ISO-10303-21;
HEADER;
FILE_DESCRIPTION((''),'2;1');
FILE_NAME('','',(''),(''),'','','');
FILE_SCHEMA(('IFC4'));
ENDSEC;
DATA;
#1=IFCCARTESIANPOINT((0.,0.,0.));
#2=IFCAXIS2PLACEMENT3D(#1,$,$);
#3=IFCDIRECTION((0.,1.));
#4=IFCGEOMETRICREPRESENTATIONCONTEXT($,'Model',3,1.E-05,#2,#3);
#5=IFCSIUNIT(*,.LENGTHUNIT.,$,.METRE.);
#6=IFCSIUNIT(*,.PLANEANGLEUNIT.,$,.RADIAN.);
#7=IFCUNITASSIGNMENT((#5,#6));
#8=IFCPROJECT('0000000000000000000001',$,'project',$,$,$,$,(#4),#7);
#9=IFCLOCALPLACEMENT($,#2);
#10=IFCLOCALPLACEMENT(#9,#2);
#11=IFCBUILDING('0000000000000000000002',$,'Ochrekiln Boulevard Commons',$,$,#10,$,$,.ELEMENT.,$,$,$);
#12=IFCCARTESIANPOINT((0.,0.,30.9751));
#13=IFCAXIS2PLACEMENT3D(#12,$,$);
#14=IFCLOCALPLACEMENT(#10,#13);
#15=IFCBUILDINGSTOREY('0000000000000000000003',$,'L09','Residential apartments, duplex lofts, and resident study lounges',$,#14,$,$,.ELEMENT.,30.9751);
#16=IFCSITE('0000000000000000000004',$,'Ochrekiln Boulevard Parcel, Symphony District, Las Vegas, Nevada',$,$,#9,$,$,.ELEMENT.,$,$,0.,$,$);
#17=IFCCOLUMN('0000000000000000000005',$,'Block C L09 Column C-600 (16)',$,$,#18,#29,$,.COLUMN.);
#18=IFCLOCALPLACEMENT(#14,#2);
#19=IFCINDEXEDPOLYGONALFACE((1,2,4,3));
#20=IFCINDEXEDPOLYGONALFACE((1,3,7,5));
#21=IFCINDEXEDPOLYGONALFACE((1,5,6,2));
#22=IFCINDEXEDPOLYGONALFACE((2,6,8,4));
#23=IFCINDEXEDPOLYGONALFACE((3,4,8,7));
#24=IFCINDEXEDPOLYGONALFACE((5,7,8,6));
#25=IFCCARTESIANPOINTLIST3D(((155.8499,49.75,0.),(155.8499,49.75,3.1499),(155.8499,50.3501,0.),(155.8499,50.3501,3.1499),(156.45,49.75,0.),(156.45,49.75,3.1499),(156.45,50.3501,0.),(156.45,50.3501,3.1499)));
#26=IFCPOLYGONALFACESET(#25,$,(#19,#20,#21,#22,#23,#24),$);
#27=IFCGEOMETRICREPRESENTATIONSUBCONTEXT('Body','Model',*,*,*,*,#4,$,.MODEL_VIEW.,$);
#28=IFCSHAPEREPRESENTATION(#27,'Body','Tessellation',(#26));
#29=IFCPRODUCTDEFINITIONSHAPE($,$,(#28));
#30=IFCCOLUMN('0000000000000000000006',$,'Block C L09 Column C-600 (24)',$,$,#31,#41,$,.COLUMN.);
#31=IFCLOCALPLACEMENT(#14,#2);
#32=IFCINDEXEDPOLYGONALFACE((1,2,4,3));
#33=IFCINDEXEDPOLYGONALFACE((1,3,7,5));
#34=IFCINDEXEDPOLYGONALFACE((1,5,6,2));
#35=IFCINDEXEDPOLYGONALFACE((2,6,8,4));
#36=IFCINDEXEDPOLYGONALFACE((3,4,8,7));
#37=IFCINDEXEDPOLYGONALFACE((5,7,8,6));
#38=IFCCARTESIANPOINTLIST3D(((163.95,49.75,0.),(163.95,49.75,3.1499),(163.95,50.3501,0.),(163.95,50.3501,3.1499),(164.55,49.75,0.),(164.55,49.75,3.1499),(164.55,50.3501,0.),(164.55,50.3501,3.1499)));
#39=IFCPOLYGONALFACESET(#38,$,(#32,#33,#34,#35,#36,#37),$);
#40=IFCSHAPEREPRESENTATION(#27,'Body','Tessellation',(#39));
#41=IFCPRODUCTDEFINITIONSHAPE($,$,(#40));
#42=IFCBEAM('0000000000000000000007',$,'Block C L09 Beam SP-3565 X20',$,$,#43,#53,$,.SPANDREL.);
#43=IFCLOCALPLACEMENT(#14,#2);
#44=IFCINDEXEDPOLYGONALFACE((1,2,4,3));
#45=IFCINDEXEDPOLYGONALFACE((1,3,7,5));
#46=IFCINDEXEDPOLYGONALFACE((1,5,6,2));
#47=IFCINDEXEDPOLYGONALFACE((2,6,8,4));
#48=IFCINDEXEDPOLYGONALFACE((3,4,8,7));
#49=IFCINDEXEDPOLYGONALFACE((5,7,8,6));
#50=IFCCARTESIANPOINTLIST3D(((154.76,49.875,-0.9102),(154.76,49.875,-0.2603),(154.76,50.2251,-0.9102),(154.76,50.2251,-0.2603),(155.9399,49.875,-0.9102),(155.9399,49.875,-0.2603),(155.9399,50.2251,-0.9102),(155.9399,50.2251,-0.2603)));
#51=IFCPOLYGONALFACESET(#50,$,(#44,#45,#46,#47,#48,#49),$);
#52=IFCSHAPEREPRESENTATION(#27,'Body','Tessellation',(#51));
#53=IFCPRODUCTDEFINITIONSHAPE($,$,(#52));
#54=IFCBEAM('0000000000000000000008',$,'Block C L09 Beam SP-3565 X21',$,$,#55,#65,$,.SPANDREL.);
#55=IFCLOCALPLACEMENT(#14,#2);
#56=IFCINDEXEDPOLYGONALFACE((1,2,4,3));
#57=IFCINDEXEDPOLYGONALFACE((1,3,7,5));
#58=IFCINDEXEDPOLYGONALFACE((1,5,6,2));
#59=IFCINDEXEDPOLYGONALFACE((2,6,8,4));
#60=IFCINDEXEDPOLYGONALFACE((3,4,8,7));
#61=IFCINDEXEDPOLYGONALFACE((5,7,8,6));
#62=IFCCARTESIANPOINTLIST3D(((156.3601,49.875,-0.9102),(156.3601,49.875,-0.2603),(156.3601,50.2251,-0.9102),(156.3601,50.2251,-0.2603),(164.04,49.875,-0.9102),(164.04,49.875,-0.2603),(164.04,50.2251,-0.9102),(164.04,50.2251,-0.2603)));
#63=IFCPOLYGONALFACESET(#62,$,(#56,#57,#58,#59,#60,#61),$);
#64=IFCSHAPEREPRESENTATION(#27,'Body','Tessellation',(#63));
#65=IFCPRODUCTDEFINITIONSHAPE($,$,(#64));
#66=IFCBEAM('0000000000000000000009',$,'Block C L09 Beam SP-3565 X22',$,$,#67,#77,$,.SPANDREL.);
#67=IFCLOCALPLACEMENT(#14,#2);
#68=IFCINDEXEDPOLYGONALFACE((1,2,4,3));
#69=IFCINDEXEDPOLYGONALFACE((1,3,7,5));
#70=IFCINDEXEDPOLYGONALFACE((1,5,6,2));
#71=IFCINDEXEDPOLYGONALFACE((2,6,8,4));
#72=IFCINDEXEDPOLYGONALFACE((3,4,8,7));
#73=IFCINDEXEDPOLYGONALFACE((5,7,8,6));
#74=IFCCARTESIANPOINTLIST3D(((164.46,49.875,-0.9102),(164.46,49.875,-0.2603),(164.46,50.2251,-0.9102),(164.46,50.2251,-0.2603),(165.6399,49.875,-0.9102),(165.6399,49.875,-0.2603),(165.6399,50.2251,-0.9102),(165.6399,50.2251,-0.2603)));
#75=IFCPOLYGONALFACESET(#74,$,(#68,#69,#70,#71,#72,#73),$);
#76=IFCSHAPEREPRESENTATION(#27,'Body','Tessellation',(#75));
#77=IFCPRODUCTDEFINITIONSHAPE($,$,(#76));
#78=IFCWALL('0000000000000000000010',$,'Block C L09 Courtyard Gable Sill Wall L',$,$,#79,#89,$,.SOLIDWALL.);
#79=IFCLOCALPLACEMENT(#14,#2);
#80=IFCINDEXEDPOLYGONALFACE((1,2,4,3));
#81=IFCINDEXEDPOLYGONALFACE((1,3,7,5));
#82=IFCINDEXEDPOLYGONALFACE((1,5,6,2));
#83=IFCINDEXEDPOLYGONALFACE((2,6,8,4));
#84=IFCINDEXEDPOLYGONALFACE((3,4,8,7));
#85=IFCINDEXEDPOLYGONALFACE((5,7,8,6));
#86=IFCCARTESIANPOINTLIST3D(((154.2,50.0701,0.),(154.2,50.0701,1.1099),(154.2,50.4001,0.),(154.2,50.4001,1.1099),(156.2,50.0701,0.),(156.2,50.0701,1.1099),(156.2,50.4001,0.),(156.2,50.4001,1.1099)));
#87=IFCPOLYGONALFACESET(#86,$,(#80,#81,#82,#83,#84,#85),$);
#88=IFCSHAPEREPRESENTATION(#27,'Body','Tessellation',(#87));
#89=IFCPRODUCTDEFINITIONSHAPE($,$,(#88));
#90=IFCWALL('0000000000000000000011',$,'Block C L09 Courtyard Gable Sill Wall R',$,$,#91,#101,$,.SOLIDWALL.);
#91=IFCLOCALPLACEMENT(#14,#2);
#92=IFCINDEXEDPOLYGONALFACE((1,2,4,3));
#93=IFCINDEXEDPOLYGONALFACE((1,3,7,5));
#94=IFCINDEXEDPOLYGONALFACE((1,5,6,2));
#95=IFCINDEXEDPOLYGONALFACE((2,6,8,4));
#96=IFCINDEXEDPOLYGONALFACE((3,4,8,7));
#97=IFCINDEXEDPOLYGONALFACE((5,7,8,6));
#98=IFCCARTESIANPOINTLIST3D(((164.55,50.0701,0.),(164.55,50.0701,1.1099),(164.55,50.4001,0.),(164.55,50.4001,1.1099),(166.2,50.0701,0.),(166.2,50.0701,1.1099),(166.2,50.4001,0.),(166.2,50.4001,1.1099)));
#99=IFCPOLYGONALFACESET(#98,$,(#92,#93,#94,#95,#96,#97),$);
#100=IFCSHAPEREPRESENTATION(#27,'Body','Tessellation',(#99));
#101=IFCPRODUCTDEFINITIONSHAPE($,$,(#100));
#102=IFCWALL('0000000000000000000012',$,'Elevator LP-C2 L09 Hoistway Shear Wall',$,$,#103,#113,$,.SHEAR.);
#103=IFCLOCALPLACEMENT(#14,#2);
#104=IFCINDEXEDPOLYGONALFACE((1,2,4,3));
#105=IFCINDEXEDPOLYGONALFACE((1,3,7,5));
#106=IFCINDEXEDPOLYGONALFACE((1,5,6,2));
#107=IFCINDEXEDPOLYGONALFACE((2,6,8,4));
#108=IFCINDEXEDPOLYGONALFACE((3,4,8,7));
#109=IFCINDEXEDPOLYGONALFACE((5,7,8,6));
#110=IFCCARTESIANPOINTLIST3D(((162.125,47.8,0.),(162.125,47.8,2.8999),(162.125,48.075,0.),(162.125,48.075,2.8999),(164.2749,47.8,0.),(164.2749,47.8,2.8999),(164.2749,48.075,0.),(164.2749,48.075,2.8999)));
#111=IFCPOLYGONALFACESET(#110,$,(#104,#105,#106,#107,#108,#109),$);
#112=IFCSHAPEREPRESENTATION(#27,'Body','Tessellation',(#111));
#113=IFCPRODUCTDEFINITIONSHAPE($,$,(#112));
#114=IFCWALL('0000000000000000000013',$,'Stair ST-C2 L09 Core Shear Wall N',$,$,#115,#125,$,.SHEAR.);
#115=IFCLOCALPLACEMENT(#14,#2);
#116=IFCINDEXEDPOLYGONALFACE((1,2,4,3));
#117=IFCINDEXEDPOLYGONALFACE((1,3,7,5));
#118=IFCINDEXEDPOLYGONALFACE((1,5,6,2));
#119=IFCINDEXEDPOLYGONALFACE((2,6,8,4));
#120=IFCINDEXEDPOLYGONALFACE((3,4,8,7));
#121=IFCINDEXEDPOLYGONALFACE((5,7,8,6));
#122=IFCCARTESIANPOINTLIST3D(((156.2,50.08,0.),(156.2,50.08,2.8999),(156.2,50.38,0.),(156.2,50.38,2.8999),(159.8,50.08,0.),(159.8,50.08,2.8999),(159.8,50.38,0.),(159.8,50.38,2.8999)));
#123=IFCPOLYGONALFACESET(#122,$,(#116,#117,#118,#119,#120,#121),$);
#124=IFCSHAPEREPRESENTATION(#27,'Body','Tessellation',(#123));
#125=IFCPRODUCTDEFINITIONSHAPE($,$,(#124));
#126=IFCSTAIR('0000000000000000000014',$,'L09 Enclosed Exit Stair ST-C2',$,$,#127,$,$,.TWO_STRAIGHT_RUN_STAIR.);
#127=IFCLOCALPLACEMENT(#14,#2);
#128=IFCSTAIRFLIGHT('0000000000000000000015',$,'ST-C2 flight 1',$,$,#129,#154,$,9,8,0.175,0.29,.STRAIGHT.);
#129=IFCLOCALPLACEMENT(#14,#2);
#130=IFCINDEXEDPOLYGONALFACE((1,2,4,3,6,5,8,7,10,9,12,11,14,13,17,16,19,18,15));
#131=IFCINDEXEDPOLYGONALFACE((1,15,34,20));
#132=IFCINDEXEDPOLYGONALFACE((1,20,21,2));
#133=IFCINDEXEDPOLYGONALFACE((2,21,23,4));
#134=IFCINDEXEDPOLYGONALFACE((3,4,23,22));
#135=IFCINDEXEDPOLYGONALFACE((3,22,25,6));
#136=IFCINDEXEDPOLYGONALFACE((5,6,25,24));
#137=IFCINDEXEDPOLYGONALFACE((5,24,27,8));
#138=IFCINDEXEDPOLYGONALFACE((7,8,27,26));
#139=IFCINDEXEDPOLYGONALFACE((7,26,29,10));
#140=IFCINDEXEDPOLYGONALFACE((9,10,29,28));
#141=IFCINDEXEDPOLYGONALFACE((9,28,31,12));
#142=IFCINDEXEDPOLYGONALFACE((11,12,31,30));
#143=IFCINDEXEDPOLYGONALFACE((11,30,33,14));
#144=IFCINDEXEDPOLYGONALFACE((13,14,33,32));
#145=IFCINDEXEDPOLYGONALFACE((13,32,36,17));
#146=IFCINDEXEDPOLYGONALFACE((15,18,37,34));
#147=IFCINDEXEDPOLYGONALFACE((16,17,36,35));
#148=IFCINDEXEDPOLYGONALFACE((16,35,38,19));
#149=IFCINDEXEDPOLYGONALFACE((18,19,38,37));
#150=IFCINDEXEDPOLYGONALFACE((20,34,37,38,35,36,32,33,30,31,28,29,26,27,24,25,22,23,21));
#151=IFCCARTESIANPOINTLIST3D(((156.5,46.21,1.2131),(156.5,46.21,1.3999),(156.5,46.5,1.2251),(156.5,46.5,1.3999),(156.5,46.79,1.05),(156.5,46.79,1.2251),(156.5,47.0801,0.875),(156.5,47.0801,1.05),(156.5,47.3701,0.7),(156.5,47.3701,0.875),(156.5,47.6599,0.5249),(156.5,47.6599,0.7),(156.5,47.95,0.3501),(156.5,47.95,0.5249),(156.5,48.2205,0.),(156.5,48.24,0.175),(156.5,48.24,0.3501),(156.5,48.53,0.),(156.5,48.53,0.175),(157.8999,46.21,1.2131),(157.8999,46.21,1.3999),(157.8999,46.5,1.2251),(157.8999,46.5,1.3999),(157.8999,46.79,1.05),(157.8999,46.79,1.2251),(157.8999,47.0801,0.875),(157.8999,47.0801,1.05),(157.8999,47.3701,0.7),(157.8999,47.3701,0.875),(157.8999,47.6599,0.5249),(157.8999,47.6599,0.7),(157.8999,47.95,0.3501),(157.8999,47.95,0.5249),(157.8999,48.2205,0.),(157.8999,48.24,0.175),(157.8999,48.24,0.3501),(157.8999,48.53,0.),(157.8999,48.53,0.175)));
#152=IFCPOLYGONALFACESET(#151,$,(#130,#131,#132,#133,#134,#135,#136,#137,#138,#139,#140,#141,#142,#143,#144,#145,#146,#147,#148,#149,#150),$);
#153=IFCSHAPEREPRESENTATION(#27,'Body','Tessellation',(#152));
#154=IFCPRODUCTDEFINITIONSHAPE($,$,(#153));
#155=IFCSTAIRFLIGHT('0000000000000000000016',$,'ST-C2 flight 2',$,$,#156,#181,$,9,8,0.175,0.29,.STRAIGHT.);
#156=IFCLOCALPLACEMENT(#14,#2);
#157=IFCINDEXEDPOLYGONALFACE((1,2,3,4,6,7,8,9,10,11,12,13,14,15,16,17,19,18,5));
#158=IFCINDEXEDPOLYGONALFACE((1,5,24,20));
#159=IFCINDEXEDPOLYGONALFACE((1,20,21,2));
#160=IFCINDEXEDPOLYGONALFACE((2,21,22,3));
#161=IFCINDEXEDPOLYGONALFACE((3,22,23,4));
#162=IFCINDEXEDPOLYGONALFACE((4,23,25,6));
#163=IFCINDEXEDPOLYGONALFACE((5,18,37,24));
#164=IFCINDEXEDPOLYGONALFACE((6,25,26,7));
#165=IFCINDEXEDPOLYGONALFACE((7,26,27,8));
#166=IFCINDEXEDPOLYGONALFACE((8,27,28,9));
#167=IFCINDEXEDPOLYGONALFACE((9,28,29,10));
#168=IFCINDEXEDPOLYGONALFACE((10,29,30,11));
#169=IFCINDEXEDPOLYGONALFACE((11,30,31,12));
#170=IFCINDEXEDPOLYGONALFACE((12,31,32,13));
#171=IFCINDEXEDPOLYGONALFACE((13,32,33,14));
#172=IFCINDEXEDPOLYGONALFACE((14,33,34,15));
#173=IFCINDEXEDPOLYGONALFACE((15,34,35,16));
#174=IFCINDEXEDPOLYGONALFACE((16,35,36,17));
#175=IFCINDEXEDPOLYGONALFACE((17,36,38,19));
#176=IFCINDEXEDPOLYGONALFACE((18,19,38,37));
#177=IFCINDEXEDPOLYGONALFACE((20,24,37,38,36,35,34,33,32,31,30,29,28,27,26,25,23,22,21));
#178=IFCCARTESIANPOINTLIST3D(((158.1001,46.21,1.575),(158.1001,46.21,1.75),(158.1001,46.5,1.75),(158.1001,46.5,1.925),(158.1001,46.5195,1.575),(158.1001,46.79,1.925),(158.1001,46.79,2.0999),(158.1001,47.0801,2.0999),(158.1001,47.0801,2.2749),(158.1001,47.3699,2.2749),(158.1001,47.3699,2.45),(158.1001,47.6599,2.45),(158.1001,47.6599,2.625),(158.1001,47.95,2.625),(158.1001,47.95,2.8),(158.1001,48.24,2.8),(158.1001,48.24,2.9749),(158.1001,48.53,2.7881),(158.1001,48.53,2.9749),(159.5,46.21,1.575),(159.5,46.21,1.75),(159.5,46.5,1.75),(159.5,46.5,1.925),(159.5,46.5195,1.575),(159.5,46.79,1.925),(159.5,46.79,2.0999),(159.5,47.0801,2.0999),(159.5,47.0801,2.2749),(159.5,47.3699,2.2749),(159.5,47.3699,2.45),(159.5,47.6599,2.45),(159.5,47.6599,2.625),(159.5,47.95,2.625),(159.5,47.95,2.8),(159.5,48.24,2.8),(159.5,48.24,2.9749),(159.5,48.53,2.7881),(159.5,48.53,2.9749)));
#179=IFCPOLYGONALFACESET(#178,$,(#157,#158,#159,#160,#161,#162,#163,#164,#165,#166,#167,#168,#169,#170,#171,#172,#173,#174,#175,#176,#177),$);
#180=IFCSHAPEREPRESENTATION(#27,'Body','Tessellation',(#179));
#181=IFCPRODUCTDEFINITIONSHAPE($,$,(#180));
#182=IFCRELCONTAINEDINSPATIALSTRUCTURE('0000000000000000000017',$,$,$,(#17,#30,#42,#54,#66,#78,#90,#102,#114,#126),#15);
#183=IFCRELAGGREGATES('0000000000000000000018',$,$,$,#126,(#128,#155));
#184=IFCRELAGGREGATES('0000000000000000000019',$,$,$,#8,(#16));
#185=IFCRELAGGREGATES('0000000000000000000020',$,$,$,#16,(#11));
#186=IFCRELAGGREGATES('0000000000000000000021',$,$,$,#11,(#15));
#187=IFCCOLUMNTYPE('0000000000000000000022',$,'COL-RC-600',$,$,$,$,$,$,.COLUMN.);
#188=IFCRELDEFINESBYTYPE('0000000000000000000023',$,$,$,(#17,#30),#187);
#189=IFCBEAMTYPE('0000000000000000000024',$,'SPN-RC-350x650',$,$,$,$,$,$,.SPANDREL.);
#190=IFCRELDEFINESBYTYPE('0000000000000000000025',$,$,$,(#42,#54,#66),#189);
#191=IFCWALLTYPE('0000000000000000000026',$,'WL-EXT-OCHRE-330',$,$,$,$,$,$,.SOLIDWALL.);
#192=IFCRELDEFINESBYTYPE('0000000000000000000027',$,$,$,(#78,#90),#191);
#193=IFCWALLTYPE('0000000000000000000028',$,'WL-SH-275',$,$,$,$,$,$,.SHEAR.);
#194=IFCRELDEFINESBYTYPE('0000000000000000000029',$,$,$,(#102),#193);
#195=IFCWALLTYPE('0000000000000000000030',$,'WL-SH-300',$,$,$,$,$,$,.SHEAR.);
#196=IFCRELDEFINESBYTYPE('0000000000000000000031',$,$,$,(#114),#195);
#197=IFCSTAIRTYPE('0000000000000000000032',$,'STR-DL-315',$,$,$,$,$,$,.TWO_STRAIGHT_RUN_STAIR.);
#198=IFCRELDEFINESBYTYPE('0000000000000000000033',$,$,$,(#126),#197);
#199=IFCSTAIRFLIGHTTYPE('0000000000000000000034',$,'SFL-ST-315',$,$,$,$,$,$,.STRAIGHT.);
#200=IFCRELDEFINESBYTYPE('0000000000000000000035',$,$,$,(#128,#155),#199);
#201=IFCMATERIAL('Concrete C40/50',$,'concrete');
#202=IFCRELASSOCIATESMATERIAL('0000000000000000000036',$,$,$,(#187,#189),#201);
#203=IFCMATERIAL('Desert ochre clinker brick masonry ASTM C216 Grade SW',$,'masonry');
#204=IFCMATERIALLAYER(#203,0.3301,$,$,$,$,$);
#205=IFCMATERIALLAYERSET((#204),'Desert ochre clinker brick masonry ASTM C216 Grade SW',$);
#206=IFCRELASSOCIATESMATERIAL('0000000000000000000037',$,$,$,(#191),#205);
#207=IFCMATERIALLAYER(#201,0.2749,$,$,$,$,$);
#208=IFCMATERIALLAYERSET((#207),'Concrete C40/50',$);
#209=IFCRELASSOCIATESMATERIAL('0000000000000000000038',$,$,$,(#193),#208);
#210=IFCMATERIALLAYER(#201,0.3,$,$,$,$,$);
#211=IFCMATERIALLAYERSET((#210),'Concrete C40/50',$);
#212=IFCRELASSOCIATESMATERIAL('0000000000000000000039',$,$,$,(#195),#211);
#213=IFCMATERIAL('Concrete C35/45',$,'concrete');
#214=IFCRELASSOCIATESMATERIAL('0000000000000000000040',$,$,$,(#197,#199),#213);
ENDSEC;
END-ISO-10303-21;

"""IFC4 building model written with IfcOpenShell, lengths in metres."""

from ifc_helpers import new_model, si_unit, direction, frame, frame_2d, origin, origin_2d, place, context, subcontext, project, spatial, polyline, rectangle, outline, extrude, material, layer, layer_set, material_profile, profile_set, type_object, element, aggregate, save


model = new_model("IFC4")

# Units and contexts
model_context = context("Model", 3, precision=1e-05, world=origin(), true_north=direction((0.0, 1.0)))
body_context = subcontext(model_context, "Body", "Model", "MODEL_VIEW")
ifc_project = project(units=[si_unit("LENGTHUNIT", "METRE"), si_unit("PLANEANGLEUNIT", "RADIAN")], contexts=[model_context])

# Site, building, storey
site_placement = place(None, origin())
site = spatial("IfcSite", under=ifc_project, at=site_placement, Name="Ochrekiln Boulevard Parcel, Symphony District, Las Vegas, Nevada", CompositionType="ELEMENT", RefElevation=0.0)
building_placement = place(site_placement, origin())
building = spatial("IfcBuilding", under=site, at=building_placement, Name="Ochrekiln Boulevard Commons", CompositionType="ELEMENT")
storey_placement = place(building_placement, frame((0.0, 0.0, 30.9751)))
storey = spatial("IfcBuildingStorey", under=building, at=storey_placement, Name="L09", Description="Residential apartments, duplex lofts, and resident study lounges", CompositionType="ELEMENT", Elevation=30.9751)

# Columns
ifc_material_1 = material(Name="Concrete C40/50", Category="concrete")
ifc_material_profile_1 = material_profile(ifc_material_1, rectangle(XDim=0.6001, YDim=0.6001, at=origin_2d()), Name="RC-COL-600x600")
ifc_profile_set_1 = profile_set([ifc_material_profile_1], Name="Concrete C40/50")
column_type = type_object("IfcColumnType", Name="COL-RC-600", PredefinedType="COLUMN", material=ifc_profile_set_1)
for number, where, z_axis, x_axis, name in (
    (1, (156.1499, 50.05, 0.0), (0.0, 0.0, 1.0), (1.0, 0.0, 0.0), "Block C L09 Column C-600 (16)"),
    (2, (164.25, 50.05, 0.0), (0.0, 0.0, 1.0), (1.0, 0.0, 0.0), "Block C L09 Column C-600 (24)"),
):
    element("IfcColumn", number, at=place(storey_placement, frame(where, z_axis=z_axis, x_axis=x_axis)), inside=storey, type_object=column_type, Name=name, PredefinedType="COLUMN", context=body_context, shape_type="SweptSolid", body=[
        extrude(rectangle(XDim=0.6001, YDim=0.6001, at=origin_2d()), origin(), (0.0, 0.0, 1.0), 3.1499),
    ])

# Beams
ifc_material_profile_2 = material_profile(ifc_material_1, rectangle(XDim=0.3501, YDim=0.6499, at=origin_2d()), Name="RC-SPN-350x650")
ifc_profile_set_2 = profile_set([ifc_material_profile_2], Name="Concrete C40/50")
beam_type = type_object("IfcBeamType", Name="SPN-RC-350x650", PredefinedType="SPANDREL", material=ifc_profile_set_2)
beam_1_placement = place(storey_placement, frame((154.76, 50.05, -0.5852), z_axis=(1.0, 0.0, 0.0), x_axis=(0.0, 1.0, 0.0)))
element("IfcBeam", 3, at=beam_1_placement, inside=storey, type_object=beam_type, Name="Block C L09 Beam SP-3565 X20", PredefinedType="SPANDREL", context=body_context, shape_type="SweptSolid", body=[
    extrude(rectangle(XDim=0.3501, YDim=0.6499, at=origin_2d()), origin(), (0.0, 0.0, 1.0), 1.1799),
])
beam_2_placement = place(storey_placement, frame((156.3601, 50.05, -0.5852), z_axis=(1.0, 0.0, 0.0), x_axis=(0.0, 1.0, 0.0)))
element("IfcBeam", 4, at=beam_2_placement, inside=storey, type_object=beam_type, Name="Block C L09 Beam SP-3565 X21", PredefinedType="SPANDREL", context=body_context, shape_type="SweptSolid", body=[
    extrude(rectangle(XDim=0.3501, YDim=0.6499, at=origin_2d()), origin(), (0.0, 0.0, 1.0), 7.6799),
])
beam_3_placement = place(storey_placement, frame((164.46, 50.05, -0.5852), z_axis=(1.0, 0.0, 0.0), x_axis=(0.0, 1.0, 0.0)))
element("IfcBeam", 5, at=beam_3_placement, inside=storey, type_object=beam_type, Name="Block C L09 Beam SP-3565 X22", PredefinedType="SPANDREL", context=body_context, shape_type="SweptSolid", body=[
    extrude(rectangle(XDim=0.3501, YDim=0.6499, at=origin_2d()), origin(), (0.0, 0.0, 1.0), 1.1799),
])

# Shared definitions
ifc_material_2 = material(Name="Desert ochre clinker brick masonry ASTM C216 Grade SW", Category="masonry")
ifc_layer_1 = layer(ifc_material_2, 0.3301)
ifc_layer_set_1 = layer_set([ifc_layer_1], Name="Desert ochre clinker brick masonry ASTM C216 Grade SW")
wall_type_1 = type_object("IfcWallType", Name="WL-EXT-OCHRE-330", PredefinedType="SOLIDWALL", material=ifc_layer_set_1)

# Walls
wall_1_placement = place(storey_placement, frame((154.2, 50.2351, 0.0), z_axis=(0.0, 0.0, 1.0), x_axis=(1.0, 0.0, 0.0)))
element("IfcWall", 6, at=wall_1_placement, inside=storey, type_object=wall_type_1, Name="Block C L09 Courtyard Gable Sill Wall L", PredefinedType="SOLIDWALL", context=body_context, shape_type="SweptSolid", body=[
    extrude(rectangle(XDim=2.0, YDim=0.3301, at=frame_2d((1.0, 0.0))), origin(), (0.0, 0.0, 1.0), 1.1099),
])
wall_2_placement = place(storey_placement, frame((164.55, 50.2351, 0.0), z_axis=(0.0, 0.0, 1.0), x_axis=(1.0, 0.0, 0.0)))
element("IfcWall", 7, at=wall_2_placement, inside=storey, type_object=wall_type_1, Name="Block C L09 Courtyard Gable Sill Wall R", PredefinedType="SOLIDWALL", context=body_context, shape_type="SweptSolid", body=[
    extrude(rectangle(XDim=1.6499, YDim=0.3301, at=frame_2d((0.825, 0.0))), origin(), (0.0, 0.0, 1.0), 1.1099),
])
ifc_layer_2 = layer(ifc_material_1, 0.2749)
ifc_layer_set_2 = layer_set([ifc_layer_2], Name="Concrete C40/50")
wall_type_2 = type_object("IfcWallType", Name="WL-SH-275", PredefinedType="SHEAR", material=ifc_layer_set_2)
wall_3_placement = place(storey_placement, frame((162.125, 47.9375, 0.0), z_axis=(0.0, 0.0, 1.0), x_axis=(1.0, 0.0, 0.0)))
element("IfcWall", 8, at=wall_3_placement, inside=storey, type_object=wall_type_2, Name="Elevator LP-C2 L09 Hoistway Shear Wall", PredefinedType="SHEAR", context=body_context, shape_type="SweptSolid", body=[
    extrude(rectangle(XDim=2.1499, YDim=0.2749, at=frame_2d((1.075, 0.0))), origin(), (0.0, 0.0, 1.0), 2.8999),
])
ifc_layer_3 = layer(ifc_material_1, 0.3)
ifc_layer_set_3 = layer_set([ifc_layer_3], Name="Concrete C40/50")
wall_type_3 = type_object("IfcWallType", Name="WL-SH-300", PredefinedType="SHEAR", material=ifc_layer_set_3)
wall_4_placement = place(storey_placement, frame((156.2, 50.23, 0.0), z_axis=(0.0, 0.0, 1.0), x_axis=(1.0, 0.0, 0.0)))
element("IfcWall", 9, at=wall_4_placement, inside=storey, type_object=wall_type_3, Name="Stair ST-C2 L09 Core Shear Wall N", PredefinedType="SHEAR", context=body_context, shape_type="SweptSolid", body=[
    extrude(rectangle(XDim=3.6001, YDim=0.3, at=frame_2d((1.8, 0.0))), origin(), (0.0, 0.0, 1.0), 2.8999),
])

# Stair, stair flights
ifc_material_3 = material(Name="Concrete C35/45", Category="concrete")
stair_type = type_object("IfcStairType", Name="STR-DL-315", PredefinedType="TWO_STRAIGHT_RUN_STAIR", material=ifc_material_3)
stair_placement = place(storey_placement, origin())
stair = element("IfcStair", 10, at=stair_placement, inside=storey, type_object=stair_type, Name="L09 Enclosed Exit Stair ST-C2", PredefinedType="TWO_STRAIGHT_RUN_STAIR")
stair_flight_type = type_object("IfcStairFlightType", Name="SFL-ST-315", PredefinedType="STRAIGHT", material=ifc_material_3)
stair_flight_1_placement = place(storey_placement, frame((157.2, 48.53, 0.0), z_axis=(0.0, 0.0, 1.0), x_axis=(0.0, -1.0, 0.0)))
stair_flight_1 = element("IfcStairFlight", 11, at=stair_flight_1_placement, type_object=stair_flight_type, Name="ST-C2 flight 1", NumberOfRisers=9, NumberOfTreads=8, PredefinedType="STRAIGHT", RiserHeight=0.175, TreadLength=0.29, context=body_context, shape_type="SweptSolid", body=[
    extrude(outline(polyline([(0.0, 0.0), (0.0, 0.175), (0.29, 0.175), (0.29, 0.3501), (0.5801, 0.3501), (0.5801, 0.5249), (0.8701, 0.5249), (0.8701, 0.7), (1.1599, 0.7), (1.1599, 0.875), (1.45, 0.875), (1.45, 1.05), (1.74, 1.05), (1.74, 1.2251), (2.03, 1.2251), (2.03, 1.3999), (2.3201, 1.3999), (2.3201, 1.575), (2.3201, 1.2131), (0.3096, 0.0), (0.0, 0.0)])), frame((0.0, 0.7, 0.0), z_axis=(0.0, -1.0, 0.0), x_axis=(1.0, 0.0, 0.0)), (0.0, 0.0, 1.0), 1.3999),
])
stair_flight_2_placement = place(storey_placement, frame((158.8, 46.21, 1.575), z_axis=(0.0, 0.0, 1.0), x_axis=(0.0, 1.0, 0.0)))
stair_flight_2 = element("IfcStairFlight", 12, at=stair_flight_2_placement, type_object=stair_flight_type, Name="ST-C2 flight 2", NumberOfRisers=9, NumberOfTreads=8, PredefinedType="STRAIGHT", RiserHeight=0.175, TreadLength=0.29, context=body_context, shape_type="SweptSolid", body=[
    extrude(outline(polyline([(0.0, 0.0), (0.0, 0.175), (0.29, 0.175), (0.29, 0.3501), (0.5801, 0.3501), (0.5801, 0.5249), (0.8701, 0.5249), (0.8701, 0.7), (1.1599, 0.7), (1.1599, 0.875), (1.45, 0.875), (1.45, 1.05), (1.74, 1.05), (1.74, 1.2251), (2.03, 1.2251), (2.03, 1.3999), (2.3201, 1.3999), (2.3201, 1.575), (2.3201, 1.2131), (0.3096, 0.0), (0.0, 0.0)])), frame((0.0, 0.7, 0.0), z_axis=(0.0, -1.0, 0.0), x_axis=(1.0, 0.0, 0.0)), (0.0, 0.0, 1.0), 1.3999),
])
aggregate(stair, [stair_flight_1, stair_flight_2])

save(model, "model.ifc")
